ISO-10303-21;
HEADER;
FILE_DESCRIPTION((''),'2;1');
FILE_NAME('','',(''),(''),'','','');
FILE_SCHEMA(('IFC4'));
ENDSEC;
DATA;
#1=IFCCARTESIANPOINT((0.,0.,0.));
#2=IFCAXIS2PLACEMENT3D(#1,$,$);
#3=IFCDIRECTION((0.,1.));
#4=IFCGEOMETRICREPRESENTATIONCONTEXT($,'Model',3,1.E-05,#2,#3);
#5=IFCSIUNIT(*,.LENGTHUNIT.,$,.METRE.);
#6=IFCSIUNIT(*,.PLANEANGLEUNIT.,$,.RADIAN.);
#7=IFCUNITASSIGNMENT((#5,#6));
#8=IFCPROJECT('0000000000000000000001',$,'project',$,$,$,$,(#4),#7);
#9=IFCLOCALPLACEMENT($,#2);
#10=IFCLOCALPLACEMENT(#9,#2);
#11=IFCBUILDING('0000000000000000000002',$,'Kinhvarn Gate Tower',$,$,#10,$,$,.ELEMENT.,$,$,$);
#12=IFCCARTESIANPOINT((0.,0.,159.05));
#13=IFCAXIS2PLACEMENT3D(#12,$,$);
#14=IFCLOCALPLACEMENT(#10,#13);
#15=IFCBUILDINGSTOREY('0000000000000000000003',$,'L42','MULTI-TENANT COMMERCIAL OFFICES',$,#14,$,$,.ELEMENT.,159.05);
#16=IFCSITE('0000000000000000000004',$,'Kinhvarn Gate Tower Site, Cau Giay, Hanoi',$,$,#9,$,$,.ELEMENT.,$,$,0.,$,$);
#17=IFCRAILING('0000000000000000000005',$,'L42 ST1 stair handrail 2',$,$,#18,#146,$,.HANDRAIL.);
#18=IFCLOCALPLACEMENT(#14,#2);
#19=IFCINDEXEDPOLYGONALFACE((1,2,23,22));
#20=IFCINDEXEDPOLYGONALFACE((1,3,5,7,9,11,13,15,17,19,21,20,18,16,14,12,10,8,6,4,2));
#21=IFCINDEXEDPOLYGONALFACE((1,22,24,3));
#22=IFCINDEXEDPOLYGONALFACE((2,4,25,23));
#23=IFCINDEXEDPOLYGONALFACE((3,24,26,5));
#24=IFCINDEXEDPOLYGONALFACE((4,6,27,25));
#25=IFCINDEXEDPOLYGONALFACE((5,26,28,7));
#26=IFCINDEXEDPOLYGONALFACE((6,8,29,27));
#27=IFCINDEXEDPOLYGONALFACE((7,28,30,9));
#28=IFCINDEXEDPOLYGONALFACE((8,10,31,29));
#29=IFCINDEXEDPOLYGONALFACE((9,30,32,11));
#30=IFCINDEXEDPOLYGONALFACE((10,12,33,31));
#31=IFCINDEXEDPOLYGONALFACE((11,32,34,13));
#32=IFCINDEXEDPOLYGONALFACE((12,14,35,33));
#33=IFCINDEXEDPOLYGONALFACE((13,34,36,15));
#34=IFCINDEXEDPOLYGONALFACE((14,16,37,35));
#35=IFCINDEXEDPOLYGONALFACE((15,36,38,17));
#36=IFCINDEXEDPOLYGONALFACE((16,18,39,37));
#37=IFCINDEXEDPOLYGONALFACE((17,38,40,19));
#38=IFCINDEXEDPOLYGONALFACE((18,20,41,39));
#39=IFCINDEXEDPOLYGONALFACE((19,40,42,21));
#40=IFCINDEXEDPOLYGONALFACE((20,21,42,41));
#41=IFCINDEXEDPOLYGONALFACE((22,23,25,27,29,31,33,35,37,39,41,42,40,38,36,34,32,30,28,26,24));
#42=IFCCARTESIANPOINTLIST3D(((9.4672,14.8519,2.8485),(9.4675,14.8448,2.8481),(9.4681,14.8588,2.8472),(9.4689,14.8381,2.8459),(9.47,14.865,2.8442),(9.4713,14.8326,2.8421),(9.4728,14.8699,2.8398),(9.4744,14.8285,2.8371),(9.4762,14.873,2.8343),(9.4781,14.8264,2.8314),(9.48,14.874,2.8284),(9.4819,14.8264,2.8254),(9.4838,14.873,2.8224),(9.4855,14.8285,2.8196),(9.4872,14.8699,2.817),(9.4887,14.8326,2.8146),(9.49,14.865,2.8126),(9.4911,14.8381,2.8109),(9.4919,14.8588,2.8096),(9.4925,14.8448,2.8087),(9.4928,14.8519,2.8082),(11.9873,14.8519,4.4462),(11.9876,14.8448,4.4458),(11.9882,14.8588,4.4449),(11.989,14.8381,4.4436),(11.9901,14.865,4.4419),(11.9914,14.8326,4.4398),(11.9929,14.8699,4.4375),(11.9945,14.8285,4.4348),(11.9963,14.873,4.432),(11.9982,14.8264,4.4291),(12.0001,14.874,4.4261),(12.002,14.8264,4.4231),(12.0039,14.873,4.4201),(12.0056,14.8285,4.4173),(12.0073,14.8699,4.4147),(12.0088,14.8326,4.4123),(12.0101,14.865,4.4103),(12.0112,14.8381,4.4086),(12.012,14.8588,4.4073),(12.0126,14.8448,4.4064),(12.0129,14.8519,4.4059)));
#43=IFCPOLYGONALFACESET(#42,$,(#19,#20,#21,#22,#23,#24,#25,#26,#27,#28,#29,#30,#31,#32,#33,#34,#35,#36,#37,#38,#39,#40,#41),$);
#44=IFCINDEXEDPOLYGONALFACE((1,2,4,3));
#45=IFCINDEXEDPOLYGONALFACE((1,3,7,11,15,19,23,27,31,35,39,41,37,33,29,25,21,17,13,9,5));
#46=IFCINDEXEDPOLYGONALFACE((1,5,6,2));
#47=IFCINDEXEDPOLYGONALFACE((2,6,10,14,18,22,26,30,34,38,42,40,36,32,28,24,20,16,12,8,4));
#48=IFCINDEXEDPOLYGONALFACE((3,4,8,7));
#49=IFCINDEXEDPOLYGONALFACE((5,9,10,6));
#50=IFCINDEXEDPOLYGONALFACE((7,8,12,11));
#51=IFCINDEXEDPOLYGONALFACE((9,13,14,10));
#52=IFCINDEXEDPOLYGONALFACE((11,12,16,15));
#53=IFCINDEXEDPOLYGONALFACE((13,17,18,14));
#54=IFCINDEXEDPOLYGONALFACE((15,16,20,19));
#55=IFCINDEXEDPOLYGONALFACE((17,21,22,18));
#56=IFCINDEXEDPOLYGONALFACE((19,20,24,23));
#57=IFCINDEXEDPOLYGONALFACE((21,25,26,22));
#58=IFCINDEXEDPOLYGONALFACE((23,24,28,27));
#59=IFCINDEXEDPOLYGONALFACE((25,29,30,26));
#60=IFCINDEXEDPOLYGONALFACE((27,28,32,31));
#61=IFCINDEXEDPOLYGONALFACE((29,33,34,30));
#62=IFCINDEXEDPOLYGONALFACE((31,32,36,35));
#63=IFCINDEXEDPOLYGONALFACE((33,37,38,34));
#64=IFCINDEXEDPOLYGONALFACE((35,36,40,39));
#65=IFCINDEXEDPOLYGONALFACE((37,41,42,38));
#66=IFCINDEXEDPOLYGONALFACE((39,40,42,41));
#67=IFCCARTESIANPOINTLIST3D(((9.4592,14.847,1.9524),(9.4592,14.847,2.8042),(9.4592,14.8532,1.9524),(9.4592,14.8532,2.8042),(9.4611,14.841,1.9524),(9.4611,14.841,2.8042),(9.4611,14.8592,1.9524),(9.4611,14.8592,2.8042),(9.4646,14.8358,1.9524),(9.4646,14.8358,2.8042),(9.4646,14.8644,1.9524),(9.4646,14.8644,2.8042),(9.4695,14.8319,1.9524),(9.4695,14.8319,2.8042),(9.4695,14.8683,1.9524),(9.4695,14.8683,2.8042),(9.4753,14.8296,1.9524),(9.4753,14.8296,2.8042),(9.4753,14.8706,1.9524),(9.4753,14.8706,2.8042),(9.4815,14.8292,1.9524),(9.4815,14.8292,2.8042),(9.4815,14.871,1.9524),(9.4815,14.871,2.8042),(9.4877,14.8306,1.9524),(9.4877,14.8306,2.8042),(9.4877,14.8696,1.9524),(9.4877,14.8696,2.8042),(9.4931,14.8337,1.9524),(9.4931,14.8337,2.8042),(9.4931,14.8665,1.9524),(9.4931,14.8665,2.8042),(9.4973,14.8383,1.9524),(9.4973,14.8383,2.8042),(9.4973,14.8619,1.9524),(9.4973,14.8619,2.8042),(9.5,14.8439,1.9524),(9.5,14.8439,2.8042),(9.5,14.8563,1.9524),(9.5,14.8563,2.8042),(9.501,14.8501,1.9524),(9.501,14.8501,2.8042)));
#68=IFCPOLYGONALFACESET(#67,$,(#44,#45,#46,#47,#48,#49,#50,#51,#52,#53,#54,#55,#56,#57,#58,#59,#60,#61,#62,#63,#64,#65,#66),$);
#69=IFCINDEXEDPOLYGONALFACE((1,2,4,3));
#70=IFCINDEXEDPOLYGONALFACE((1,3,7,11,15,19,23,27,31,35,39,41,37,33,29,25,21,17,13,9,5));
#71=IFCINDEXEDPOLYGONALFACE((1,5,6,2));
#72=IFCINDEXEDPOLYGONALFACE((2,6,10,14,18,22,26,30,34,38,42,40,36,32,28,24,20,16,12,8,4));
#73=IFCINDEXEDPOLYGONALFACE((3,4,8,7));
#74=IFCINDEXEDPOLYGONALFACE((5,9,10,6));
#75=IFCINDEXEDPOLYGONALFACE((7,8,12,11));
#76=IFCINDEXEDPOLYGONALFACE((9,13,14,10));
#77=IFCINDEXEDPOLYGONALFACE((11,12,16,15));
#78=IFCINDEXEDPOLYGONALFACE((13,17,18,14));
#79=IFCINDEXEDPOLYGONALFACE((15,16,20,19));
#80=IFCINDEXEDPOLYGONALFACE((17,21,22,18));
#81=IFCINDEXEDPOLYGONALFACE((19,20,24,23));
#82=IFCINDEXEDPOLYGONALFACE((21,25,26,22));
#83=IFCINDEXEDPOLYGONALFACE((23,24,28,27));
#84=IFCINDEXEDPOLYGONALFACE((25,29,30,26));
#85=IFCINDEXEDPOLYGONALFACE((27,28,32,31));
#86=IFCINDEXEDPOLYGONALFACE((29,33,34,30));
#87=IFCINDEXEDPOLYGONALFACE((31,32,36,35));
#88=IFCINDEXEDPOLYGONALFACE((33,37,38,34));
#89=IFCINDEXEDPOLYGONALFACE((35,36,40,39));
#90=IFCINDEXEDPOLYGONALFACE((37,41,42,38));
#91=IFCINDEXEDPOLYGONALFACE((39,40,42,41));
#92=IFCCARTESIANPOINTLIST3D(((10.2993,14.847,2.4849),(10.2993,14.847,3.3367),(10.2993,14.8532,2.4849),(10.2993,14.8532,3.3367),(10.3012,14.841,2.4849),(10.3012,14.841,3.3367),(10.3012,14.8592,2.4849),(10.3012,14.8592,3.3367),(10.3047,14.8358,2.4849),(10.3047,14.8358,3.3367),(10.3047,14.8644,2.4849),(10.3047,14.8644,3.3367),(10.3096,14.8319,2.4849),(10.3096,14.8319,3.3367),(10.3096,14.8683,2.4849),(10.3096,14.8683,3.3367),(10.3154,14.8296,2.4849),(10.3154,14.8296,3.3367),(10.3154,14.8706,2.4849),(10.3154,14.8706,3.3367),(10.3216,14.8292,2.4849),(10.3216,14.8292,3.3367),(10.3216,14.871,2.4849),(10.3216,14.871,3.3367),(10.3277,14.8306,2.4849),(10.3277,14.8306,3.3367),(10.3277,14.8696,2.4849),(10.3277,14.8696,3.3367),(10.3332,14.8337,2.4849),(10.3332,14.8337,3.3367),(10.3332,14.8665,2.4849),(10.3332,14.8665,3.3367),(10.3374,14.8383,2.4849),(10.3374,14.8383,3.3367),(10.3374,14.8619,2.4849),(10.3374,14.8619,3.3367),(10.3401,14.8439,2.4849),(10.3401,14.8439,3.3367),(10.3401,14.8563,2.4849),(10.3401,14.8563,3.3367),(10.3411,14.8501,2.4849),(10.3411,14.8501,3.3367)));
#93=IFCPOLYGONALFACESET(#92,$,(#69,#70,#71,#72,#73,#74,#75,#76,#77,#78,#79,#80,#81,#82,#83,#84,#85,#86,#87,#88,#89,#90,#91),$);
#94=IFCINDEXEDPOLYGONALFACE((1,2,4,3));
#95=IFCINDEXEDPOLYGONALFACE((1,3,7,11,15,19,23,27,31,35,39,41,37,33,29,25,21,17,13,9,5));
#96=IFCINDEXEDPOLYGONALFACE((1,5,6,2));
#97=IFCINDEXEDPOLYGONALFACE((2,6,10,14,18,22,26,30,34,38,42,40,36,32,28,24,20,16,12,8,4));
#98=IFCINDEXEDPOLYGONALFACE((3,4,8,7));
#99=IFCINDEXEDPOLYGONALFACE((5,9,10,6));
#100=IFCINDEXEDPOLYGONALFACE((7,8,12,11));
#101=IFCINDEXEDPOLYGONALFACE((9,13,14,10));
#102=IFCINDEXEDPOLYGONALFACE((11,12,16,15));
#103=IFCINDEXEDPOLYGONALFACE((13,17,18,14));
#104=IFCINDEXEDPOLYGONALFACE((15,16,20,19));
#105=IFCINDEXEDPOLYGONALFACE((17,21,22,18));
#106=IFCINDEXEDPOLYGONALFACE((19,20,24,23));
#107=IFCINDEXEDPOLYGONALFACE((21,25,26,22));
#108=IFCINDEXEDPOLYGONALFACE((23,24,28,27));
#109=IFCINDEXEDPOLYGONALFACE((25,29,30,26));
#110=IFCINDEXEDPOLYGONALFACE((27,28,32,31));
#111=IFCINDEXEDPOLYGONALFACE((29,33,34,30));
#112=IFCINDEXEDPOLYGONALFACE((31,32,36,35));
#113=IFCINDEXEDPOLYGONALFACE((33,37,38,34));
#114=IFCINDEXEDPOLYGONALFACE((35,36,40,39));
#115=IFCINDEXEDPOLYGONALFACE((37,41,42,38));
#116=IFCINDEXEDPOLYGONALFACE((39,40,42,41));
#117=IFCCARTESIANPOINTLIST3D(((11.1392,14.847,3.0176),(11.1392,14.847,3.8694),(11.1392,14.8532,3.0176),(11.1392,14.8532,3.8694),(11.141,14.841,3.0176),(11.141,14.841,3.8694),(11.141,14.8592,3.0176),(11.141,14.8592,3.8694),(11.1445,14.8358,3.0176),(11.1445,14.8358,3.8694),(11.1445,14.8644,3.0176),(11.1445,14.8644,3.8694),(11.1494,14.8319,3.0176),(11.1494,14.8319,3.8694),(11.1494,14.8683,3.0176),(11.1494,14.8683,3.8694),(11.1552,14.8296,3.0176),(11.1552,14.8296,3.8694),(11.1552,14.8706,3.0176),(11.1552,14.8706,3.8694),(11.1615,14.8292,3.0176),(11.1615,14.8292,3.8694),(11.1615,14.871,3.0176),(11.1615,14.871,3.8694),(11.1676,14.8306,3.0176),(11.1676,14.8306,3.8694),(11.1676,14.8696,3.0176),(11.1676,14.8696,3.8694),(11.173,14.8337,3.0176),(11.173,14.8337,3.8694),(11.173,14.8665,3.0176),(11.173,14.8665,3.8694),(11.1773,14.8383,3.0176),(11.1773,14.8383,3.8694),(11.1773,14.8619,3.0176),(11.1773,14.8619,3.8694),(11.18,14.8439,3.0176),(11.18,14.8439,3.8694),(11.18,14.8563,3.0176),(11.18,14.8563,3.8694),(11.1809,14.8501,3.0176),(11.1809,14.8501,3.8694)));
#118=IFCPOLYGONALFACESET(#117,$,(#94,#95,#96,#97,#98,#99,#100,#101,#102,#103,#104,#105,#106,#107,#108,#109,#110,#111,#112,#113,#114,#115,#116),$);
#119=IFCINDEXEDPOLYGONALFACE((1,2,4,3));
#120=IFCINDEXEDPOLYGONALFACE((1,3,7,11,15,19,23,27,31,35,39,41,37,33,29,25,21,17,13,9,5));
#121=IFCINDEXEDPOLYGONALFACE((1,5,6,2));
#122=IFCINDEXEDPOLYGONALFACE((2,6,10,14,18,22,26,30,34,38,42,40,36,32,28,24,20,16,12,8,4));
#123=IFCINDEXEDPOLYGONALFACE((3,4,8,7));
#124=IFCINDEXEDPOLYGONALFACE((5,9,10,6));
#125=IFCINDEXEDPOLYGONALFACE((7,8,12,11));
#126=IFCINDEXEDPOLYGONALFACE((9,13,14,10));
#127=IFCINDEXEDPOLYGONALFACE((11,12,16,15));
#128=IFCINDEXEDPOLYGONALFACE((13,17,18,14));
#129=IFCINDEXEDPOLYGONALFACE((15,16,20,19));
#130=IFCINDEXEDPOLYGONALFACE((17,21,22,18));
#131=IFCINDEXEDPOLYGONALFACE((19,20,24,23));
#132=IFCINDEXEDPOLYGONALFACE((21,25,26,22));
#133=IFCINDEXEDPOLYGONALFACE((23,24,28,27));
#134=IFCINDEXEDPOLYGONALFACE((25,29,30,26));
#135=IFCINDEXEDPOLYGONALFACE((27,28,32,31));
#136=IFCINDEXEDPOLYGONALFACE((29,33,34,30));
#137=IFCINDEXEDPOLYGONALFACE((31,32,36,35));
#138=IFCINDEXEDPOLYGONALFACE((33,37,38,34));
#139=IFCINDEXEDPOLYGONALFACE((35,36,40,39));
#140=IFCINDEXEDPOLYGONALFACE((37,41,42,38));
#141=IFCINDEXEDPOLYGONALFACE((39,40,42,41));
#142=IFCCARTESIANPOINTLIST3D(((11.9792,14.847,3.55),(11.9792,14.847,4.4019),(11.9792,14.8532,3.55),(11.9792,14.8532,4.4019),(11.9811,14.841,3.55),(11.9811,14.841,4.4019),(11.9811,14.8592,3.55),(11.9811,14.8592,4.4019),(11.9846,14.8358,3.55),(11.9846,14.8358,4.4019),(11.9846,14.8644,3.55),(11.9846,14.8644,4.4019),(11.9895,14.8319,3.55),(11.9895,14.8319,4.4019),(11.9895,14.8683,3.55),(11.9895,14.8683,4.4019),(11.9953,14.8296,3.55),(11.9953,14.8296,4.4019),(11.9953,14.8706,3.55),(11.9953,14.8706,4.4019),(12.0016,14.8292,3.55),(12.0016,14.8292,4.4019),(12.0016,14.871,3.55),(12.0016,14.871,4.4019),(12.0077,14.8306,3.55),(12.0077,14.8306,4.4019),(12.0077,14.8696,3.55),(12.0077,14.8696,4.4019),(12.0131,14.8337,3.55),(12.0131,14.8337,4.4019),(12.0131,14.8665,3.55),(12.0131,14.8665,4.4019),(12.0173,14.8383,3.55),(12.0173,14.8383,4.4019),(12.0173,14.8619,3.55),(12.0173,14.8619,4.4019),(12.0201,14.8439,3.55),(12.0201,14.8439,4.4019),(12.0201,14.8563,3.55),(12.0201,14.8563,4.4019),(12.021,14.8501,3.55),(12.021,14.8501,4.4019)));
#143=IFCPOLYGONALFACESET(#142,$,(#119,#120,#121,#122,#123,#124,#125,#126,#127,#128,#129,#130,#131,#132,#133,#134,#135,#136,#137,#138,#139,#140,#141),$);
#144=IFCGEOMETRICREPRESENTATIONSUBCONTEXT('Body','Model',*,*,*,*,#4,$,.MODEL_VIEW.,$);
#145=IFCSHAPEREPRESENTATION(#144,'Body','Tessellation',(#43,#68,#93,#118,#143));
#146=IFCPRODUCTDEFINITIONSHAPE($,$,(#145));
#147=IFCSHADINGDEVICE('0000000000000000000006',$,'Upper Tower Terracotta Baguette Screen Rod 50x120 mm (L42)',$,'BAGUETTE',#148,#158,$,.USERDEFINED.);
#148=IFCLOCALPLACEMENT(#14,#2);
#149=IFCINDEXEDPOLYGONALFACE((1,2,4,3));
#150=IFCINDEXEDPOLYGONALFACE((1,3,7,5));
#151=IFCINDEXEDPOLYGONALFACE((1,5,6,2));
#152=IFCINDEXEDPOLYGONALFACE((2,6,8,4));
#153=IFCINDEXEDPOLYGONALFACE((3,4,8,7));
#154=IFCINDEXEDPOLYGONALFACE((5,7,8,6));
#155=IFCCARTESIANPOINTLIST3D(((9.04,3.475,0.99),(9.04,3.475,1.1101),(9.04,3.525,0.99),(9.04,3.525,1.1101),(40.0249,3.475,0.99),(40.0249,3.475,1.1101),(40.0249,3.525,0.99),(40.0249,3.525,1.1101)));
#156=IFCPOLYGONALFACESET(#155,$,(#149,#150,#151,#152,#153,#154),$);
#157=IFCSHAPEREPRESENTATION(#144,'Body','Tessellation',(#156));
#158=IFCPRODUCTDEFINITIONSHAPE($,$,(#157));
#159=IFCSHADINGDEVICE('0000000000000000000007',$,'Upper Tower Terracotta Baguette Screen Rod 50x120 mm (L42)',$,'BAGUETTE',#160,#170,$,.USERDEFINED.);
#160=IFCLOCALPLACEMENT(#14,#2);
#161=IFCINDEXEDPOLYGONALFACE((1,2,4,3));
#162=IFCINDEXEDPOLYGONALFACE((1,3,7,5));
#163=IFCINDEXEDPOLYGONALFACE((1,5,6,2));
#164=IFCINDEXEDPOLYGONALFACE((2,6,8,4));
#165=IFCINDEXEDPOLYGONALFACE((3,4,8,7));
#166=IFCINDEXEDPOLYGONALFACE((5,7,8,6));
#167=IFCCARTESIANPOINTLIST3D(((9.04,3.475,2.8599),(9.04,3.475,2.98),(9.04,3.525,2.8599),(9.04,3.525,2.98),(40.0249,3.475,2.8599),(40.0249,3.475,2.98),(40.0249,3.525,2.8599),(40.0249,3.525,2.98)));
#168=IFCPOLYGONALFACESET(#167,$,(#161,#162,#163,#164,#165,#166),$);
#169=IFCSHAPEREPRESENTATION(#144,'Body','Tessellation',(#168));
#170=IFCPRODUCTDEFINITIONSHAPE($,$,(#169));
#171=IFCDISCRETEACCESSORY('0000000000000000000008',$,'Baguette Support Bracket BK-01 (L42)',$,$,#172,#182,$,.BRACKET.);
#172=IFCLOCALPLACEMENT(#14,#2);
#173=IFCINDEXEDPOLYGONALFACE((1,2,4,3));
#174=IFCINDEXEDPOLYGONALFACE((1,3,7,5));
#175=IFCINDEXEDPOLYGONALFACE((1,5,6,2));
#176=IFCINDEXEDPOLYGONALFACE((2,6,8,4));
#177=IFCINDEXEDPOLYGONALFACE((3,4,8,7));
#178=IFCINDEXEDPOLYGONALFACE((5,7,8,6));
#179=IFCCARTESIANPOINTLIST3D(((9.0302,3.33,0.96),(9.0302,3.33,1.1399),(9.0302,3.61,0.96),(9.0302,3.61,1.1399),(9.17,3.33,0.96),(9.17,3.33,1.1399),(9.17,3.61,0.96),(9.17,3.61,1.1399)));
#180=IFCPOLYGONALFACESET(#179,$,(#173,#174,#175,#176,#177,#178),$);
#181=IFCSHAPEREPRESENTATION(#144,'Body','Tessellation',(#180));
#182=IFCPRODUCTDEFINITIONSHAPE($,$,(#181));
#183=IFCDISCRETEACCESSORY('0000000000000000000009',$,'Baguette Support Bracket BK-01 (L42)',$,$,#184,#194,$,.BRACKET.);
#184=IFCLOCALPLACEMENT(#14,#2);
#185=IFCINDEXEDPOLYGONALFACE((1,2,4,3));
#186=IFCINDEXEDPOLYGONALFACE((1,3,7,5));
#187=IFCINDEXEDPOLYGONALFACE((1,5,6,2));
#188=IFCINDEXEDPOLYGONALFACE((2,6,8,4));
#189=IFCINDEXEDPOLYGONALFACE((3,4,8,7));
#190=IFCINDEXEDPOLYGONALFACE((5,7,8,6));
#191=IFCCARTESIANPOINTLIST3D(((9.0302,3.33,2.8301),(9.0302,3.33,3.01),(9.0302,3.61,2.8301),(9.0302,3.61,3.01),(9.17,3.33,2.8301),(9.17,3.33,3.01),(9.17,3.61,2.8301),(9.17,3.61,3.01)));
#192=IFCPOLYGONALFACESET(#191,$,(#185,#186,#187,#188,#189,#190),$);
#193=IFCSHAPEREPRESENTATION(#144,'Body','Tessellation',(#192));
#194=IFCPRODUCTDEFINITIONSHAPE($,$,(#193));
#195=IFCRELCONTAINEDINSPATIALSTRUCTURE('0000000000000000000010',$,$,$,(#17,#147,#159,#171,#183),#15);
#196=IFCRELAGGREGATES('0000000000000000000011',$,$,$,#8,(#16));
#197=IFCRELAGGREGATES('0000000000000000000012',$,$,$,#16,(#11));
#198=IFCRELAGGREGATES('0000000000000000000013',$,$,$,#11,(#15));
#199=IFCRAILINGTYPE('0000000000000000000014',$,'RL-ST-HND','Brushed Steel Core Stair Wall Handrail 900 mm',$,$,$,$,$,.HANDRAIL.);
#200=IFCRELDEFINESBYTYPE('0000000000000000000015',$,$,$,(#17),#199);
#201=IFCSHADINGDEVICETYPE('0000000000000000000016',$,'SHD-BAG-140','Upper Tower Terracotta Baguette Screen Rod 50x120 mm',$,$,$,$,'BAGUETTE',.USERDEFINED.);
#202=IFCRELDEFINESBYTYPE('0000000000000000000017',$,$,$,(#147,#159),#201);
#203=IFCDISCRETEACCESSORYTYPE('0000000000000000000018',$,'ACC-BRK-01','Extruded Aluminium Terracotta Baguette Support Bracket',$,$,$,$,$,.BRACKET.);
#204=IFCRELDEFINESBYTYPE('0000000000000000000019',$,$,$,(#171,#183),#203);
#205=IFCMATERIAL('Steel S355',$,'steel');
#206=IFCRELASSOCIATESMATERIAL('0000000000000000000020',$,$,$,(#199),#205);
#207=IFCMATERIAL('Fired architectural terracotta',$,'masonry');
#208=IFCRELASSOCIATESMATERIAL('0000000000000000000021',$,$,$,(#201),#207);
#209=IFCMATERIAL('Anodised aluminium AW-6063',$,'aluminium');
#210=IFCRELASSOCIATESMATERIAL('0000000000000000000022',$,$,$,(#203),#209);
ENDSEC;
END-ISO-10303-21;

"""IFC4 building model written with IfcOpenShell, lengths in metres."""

from ifc_helpers import new_model, si_unit, direction, frame, origin, origin_2d, place, context, subcontext, project, spatial, rectangle, circle, extrude, material, material_profile, profile_set, type_object, element, save


model = new_model("IFC4")

# Units and contexts
model_context = context("Model", 3, precision=1e-05, world=origin(), true_north=direction((0.0, 1.0)))
body_context = subcontext(model_context, "Body", "Model", "MODEL_VIEW")
ifc_project = project(units=[si_unit("LENGTHUNIT", "METRE"), si_unit("PLANEANGLEUNIT", "RADIAN")], contexts=[model_context])

# Site, building, storey
site_placement = place(None, origin())
site = spatial("IfcSite", under=ifc_project, at=site_placement, Name="Kinhvarn Gate Tower Site, Cau Giay, Hanoi", CompositionType="ELEMENT", RefElevation=0.0)
building_placement = place(site_placement, origin())
building = spatial("IfcBuilding", under=site, at=building_placement, Name="Kinhvarn Gate Tower", CompositionType="ELEMENT")
storey_placement = place(building_placement, frame((0.0, 0.0, 159.05)))
storey = spatial("IfcBuildingStorey", under=building, at=storey_placement, Name="L42", Description="MULTI-TENANT COMMERCIAL OFFICES", CompositionType="ELEMENT", Elevation=159.05)

# Shared definitions
ifc_material_1 = material(Name="Anodised aluminium AW-6063", Category="aluminium")

# Shared definitions
ifc_material_2 = material(Name="Steel S355", Category="steel")

# Shared definitions
ifc_material_3 = material(Name="Fired architectural terracotta", Category="masonry")

# Railing
railing_type_1 = type_object("IfcRailingType", Name="RL-ST-HND", Description="Brushed Steel Core Stair Wall Handrail 900 mm", PredefinedType="HANDRAIL", material=ifc_material_2)
railing_1_placement = place(storey_placement, frame((9.48, 14.8501, 1.9524)))
element("IfcRailing", 1, at=railing_1_placement, inside=storey, type_object=railing_type_1, Name="L42 ST1 stair handrail 2", PredefinedType="HANDRAIL", context=body_context, shape_type="SweptSolid", body=[
    extrude(circle(Radius=0.0239, at=origin_2d()), frame((0.0, 0.0, 0.876), z_axis=(0.84457, 0.0, 0.535445), x_axis=(0.0, 1.0, 0.0)), (0.0, 0.0, 1.0), 2.9839),
    extrude(circle(Radius=0.021, at=origin_2d()), origin(), (0.0, 0.0, 1.0), 0.8518),
    extrude(circle(Radius=0.021, at=origin_2d()), frame((0.8401, 0.0, 0.5325)), (0.0, 0.0, 1.0), 0.8518),
    extrude(circle(Radius=0.021, at=origin_2d()), frame((1.6799, 0.0, 1.0652)), (0.0, 0.0, 1.0), 0.8518),
    extrude(circle(Radius=0.021, at=origin_2d()), frame((2.52, 0.0, 1.5977)), (0.0, 0.0, 1.0), 0.8518),
])

# Shading devices
ifc_material_profile_1 = material_profile(ifc_material_3, rectangle(XDim=0.05, YDim=0.1201, at=origin_2d()), Name="TC 50x120")
ifc_profile_set_1 = profile_set([ifc_material_profile_1], Name="Fired architectural terracotta")
shading_device_type = type_object("IfcShadingDeviceType", Name="SHD-BAG-140", Description="Upper Tower Terracotta Baguette Screen Rod 50x120 mm", ElementType="BAGUETTE", PredefinedType="USERDEFINED", material=ifc_profile_set_1)
for number, where, z_axis, x_axis, name in (
    (2, (9.04, 3.5, 1.05), (1.0, 0.0, 0.0), (0.0, 1.0, 0.0), "Upper Tower Terracotta Baguette Screen Rod 50x120 mm (L42)"),
    (3, (9.04, 3.5, 2.9199), (1.0, 0.0, 0.0), (0.0, 1.0, 0.0), "Upper Tower Terracotta Baguette Screen Rod 50x120 mm (L42)"),
):
    element("IfcShadingDevice", number, at=place(storey_placement, frame(where, z_axis=z_axis, x_axis=x_axis)), inside=storey, type_object=shading_device_type, Name=name, ObjectType="BAGUETTE", PredefinedType="USERDEFINED", context=body_context, shape_type="SweptSolid", body=[
        extrude(rectangle(XDim=0.05, YDim=0.1201, at=origin_2d()), origin(), (0.0, 0.0, 1.0), 30.9849),
    ])

# Discrete accessories
discrete_accessory_type = type_object("IfcDiscreteAccessoryType", Name="ACC-BRK-01", Description="Extruded Aluminium Terracotta Baguette Support Bracket", PredefinedType="BRACKET", material=ifc_material_1)
for number, where, z_axis, x_axis, name in (
    (4, (9.1001, 3.47, 0.96), (0.0, 0.0, 1.0), (1.0, 0.0, 0.0), "Baguette Support Bracket BK-01 (L42)"),
    (5, (9.1001, 3.47, 2.8301), (0.0, 0.0, 1.0), (1.0, 0.0, 0.0), "Baguette Support Bracket BK-01 (L42)"),
):
    element("IfcDiscreteAccessory", number, at=place(storey_placement, frame(where, z_axis=z_axis, x_axis=x_axis)), inside=storey, type_object=discrete_accessory_type, Name=name, PredefinedType="BRACKET", context=body_context, shape_type="SweptSolid", body=[
        extrude(rectangle(XDim=0.1399, YDim=0.28, at=origin_2d()), origin(), (0.0, 0.0, 1.0), 0.1799),
    ])

save(model, "model.ifc")
